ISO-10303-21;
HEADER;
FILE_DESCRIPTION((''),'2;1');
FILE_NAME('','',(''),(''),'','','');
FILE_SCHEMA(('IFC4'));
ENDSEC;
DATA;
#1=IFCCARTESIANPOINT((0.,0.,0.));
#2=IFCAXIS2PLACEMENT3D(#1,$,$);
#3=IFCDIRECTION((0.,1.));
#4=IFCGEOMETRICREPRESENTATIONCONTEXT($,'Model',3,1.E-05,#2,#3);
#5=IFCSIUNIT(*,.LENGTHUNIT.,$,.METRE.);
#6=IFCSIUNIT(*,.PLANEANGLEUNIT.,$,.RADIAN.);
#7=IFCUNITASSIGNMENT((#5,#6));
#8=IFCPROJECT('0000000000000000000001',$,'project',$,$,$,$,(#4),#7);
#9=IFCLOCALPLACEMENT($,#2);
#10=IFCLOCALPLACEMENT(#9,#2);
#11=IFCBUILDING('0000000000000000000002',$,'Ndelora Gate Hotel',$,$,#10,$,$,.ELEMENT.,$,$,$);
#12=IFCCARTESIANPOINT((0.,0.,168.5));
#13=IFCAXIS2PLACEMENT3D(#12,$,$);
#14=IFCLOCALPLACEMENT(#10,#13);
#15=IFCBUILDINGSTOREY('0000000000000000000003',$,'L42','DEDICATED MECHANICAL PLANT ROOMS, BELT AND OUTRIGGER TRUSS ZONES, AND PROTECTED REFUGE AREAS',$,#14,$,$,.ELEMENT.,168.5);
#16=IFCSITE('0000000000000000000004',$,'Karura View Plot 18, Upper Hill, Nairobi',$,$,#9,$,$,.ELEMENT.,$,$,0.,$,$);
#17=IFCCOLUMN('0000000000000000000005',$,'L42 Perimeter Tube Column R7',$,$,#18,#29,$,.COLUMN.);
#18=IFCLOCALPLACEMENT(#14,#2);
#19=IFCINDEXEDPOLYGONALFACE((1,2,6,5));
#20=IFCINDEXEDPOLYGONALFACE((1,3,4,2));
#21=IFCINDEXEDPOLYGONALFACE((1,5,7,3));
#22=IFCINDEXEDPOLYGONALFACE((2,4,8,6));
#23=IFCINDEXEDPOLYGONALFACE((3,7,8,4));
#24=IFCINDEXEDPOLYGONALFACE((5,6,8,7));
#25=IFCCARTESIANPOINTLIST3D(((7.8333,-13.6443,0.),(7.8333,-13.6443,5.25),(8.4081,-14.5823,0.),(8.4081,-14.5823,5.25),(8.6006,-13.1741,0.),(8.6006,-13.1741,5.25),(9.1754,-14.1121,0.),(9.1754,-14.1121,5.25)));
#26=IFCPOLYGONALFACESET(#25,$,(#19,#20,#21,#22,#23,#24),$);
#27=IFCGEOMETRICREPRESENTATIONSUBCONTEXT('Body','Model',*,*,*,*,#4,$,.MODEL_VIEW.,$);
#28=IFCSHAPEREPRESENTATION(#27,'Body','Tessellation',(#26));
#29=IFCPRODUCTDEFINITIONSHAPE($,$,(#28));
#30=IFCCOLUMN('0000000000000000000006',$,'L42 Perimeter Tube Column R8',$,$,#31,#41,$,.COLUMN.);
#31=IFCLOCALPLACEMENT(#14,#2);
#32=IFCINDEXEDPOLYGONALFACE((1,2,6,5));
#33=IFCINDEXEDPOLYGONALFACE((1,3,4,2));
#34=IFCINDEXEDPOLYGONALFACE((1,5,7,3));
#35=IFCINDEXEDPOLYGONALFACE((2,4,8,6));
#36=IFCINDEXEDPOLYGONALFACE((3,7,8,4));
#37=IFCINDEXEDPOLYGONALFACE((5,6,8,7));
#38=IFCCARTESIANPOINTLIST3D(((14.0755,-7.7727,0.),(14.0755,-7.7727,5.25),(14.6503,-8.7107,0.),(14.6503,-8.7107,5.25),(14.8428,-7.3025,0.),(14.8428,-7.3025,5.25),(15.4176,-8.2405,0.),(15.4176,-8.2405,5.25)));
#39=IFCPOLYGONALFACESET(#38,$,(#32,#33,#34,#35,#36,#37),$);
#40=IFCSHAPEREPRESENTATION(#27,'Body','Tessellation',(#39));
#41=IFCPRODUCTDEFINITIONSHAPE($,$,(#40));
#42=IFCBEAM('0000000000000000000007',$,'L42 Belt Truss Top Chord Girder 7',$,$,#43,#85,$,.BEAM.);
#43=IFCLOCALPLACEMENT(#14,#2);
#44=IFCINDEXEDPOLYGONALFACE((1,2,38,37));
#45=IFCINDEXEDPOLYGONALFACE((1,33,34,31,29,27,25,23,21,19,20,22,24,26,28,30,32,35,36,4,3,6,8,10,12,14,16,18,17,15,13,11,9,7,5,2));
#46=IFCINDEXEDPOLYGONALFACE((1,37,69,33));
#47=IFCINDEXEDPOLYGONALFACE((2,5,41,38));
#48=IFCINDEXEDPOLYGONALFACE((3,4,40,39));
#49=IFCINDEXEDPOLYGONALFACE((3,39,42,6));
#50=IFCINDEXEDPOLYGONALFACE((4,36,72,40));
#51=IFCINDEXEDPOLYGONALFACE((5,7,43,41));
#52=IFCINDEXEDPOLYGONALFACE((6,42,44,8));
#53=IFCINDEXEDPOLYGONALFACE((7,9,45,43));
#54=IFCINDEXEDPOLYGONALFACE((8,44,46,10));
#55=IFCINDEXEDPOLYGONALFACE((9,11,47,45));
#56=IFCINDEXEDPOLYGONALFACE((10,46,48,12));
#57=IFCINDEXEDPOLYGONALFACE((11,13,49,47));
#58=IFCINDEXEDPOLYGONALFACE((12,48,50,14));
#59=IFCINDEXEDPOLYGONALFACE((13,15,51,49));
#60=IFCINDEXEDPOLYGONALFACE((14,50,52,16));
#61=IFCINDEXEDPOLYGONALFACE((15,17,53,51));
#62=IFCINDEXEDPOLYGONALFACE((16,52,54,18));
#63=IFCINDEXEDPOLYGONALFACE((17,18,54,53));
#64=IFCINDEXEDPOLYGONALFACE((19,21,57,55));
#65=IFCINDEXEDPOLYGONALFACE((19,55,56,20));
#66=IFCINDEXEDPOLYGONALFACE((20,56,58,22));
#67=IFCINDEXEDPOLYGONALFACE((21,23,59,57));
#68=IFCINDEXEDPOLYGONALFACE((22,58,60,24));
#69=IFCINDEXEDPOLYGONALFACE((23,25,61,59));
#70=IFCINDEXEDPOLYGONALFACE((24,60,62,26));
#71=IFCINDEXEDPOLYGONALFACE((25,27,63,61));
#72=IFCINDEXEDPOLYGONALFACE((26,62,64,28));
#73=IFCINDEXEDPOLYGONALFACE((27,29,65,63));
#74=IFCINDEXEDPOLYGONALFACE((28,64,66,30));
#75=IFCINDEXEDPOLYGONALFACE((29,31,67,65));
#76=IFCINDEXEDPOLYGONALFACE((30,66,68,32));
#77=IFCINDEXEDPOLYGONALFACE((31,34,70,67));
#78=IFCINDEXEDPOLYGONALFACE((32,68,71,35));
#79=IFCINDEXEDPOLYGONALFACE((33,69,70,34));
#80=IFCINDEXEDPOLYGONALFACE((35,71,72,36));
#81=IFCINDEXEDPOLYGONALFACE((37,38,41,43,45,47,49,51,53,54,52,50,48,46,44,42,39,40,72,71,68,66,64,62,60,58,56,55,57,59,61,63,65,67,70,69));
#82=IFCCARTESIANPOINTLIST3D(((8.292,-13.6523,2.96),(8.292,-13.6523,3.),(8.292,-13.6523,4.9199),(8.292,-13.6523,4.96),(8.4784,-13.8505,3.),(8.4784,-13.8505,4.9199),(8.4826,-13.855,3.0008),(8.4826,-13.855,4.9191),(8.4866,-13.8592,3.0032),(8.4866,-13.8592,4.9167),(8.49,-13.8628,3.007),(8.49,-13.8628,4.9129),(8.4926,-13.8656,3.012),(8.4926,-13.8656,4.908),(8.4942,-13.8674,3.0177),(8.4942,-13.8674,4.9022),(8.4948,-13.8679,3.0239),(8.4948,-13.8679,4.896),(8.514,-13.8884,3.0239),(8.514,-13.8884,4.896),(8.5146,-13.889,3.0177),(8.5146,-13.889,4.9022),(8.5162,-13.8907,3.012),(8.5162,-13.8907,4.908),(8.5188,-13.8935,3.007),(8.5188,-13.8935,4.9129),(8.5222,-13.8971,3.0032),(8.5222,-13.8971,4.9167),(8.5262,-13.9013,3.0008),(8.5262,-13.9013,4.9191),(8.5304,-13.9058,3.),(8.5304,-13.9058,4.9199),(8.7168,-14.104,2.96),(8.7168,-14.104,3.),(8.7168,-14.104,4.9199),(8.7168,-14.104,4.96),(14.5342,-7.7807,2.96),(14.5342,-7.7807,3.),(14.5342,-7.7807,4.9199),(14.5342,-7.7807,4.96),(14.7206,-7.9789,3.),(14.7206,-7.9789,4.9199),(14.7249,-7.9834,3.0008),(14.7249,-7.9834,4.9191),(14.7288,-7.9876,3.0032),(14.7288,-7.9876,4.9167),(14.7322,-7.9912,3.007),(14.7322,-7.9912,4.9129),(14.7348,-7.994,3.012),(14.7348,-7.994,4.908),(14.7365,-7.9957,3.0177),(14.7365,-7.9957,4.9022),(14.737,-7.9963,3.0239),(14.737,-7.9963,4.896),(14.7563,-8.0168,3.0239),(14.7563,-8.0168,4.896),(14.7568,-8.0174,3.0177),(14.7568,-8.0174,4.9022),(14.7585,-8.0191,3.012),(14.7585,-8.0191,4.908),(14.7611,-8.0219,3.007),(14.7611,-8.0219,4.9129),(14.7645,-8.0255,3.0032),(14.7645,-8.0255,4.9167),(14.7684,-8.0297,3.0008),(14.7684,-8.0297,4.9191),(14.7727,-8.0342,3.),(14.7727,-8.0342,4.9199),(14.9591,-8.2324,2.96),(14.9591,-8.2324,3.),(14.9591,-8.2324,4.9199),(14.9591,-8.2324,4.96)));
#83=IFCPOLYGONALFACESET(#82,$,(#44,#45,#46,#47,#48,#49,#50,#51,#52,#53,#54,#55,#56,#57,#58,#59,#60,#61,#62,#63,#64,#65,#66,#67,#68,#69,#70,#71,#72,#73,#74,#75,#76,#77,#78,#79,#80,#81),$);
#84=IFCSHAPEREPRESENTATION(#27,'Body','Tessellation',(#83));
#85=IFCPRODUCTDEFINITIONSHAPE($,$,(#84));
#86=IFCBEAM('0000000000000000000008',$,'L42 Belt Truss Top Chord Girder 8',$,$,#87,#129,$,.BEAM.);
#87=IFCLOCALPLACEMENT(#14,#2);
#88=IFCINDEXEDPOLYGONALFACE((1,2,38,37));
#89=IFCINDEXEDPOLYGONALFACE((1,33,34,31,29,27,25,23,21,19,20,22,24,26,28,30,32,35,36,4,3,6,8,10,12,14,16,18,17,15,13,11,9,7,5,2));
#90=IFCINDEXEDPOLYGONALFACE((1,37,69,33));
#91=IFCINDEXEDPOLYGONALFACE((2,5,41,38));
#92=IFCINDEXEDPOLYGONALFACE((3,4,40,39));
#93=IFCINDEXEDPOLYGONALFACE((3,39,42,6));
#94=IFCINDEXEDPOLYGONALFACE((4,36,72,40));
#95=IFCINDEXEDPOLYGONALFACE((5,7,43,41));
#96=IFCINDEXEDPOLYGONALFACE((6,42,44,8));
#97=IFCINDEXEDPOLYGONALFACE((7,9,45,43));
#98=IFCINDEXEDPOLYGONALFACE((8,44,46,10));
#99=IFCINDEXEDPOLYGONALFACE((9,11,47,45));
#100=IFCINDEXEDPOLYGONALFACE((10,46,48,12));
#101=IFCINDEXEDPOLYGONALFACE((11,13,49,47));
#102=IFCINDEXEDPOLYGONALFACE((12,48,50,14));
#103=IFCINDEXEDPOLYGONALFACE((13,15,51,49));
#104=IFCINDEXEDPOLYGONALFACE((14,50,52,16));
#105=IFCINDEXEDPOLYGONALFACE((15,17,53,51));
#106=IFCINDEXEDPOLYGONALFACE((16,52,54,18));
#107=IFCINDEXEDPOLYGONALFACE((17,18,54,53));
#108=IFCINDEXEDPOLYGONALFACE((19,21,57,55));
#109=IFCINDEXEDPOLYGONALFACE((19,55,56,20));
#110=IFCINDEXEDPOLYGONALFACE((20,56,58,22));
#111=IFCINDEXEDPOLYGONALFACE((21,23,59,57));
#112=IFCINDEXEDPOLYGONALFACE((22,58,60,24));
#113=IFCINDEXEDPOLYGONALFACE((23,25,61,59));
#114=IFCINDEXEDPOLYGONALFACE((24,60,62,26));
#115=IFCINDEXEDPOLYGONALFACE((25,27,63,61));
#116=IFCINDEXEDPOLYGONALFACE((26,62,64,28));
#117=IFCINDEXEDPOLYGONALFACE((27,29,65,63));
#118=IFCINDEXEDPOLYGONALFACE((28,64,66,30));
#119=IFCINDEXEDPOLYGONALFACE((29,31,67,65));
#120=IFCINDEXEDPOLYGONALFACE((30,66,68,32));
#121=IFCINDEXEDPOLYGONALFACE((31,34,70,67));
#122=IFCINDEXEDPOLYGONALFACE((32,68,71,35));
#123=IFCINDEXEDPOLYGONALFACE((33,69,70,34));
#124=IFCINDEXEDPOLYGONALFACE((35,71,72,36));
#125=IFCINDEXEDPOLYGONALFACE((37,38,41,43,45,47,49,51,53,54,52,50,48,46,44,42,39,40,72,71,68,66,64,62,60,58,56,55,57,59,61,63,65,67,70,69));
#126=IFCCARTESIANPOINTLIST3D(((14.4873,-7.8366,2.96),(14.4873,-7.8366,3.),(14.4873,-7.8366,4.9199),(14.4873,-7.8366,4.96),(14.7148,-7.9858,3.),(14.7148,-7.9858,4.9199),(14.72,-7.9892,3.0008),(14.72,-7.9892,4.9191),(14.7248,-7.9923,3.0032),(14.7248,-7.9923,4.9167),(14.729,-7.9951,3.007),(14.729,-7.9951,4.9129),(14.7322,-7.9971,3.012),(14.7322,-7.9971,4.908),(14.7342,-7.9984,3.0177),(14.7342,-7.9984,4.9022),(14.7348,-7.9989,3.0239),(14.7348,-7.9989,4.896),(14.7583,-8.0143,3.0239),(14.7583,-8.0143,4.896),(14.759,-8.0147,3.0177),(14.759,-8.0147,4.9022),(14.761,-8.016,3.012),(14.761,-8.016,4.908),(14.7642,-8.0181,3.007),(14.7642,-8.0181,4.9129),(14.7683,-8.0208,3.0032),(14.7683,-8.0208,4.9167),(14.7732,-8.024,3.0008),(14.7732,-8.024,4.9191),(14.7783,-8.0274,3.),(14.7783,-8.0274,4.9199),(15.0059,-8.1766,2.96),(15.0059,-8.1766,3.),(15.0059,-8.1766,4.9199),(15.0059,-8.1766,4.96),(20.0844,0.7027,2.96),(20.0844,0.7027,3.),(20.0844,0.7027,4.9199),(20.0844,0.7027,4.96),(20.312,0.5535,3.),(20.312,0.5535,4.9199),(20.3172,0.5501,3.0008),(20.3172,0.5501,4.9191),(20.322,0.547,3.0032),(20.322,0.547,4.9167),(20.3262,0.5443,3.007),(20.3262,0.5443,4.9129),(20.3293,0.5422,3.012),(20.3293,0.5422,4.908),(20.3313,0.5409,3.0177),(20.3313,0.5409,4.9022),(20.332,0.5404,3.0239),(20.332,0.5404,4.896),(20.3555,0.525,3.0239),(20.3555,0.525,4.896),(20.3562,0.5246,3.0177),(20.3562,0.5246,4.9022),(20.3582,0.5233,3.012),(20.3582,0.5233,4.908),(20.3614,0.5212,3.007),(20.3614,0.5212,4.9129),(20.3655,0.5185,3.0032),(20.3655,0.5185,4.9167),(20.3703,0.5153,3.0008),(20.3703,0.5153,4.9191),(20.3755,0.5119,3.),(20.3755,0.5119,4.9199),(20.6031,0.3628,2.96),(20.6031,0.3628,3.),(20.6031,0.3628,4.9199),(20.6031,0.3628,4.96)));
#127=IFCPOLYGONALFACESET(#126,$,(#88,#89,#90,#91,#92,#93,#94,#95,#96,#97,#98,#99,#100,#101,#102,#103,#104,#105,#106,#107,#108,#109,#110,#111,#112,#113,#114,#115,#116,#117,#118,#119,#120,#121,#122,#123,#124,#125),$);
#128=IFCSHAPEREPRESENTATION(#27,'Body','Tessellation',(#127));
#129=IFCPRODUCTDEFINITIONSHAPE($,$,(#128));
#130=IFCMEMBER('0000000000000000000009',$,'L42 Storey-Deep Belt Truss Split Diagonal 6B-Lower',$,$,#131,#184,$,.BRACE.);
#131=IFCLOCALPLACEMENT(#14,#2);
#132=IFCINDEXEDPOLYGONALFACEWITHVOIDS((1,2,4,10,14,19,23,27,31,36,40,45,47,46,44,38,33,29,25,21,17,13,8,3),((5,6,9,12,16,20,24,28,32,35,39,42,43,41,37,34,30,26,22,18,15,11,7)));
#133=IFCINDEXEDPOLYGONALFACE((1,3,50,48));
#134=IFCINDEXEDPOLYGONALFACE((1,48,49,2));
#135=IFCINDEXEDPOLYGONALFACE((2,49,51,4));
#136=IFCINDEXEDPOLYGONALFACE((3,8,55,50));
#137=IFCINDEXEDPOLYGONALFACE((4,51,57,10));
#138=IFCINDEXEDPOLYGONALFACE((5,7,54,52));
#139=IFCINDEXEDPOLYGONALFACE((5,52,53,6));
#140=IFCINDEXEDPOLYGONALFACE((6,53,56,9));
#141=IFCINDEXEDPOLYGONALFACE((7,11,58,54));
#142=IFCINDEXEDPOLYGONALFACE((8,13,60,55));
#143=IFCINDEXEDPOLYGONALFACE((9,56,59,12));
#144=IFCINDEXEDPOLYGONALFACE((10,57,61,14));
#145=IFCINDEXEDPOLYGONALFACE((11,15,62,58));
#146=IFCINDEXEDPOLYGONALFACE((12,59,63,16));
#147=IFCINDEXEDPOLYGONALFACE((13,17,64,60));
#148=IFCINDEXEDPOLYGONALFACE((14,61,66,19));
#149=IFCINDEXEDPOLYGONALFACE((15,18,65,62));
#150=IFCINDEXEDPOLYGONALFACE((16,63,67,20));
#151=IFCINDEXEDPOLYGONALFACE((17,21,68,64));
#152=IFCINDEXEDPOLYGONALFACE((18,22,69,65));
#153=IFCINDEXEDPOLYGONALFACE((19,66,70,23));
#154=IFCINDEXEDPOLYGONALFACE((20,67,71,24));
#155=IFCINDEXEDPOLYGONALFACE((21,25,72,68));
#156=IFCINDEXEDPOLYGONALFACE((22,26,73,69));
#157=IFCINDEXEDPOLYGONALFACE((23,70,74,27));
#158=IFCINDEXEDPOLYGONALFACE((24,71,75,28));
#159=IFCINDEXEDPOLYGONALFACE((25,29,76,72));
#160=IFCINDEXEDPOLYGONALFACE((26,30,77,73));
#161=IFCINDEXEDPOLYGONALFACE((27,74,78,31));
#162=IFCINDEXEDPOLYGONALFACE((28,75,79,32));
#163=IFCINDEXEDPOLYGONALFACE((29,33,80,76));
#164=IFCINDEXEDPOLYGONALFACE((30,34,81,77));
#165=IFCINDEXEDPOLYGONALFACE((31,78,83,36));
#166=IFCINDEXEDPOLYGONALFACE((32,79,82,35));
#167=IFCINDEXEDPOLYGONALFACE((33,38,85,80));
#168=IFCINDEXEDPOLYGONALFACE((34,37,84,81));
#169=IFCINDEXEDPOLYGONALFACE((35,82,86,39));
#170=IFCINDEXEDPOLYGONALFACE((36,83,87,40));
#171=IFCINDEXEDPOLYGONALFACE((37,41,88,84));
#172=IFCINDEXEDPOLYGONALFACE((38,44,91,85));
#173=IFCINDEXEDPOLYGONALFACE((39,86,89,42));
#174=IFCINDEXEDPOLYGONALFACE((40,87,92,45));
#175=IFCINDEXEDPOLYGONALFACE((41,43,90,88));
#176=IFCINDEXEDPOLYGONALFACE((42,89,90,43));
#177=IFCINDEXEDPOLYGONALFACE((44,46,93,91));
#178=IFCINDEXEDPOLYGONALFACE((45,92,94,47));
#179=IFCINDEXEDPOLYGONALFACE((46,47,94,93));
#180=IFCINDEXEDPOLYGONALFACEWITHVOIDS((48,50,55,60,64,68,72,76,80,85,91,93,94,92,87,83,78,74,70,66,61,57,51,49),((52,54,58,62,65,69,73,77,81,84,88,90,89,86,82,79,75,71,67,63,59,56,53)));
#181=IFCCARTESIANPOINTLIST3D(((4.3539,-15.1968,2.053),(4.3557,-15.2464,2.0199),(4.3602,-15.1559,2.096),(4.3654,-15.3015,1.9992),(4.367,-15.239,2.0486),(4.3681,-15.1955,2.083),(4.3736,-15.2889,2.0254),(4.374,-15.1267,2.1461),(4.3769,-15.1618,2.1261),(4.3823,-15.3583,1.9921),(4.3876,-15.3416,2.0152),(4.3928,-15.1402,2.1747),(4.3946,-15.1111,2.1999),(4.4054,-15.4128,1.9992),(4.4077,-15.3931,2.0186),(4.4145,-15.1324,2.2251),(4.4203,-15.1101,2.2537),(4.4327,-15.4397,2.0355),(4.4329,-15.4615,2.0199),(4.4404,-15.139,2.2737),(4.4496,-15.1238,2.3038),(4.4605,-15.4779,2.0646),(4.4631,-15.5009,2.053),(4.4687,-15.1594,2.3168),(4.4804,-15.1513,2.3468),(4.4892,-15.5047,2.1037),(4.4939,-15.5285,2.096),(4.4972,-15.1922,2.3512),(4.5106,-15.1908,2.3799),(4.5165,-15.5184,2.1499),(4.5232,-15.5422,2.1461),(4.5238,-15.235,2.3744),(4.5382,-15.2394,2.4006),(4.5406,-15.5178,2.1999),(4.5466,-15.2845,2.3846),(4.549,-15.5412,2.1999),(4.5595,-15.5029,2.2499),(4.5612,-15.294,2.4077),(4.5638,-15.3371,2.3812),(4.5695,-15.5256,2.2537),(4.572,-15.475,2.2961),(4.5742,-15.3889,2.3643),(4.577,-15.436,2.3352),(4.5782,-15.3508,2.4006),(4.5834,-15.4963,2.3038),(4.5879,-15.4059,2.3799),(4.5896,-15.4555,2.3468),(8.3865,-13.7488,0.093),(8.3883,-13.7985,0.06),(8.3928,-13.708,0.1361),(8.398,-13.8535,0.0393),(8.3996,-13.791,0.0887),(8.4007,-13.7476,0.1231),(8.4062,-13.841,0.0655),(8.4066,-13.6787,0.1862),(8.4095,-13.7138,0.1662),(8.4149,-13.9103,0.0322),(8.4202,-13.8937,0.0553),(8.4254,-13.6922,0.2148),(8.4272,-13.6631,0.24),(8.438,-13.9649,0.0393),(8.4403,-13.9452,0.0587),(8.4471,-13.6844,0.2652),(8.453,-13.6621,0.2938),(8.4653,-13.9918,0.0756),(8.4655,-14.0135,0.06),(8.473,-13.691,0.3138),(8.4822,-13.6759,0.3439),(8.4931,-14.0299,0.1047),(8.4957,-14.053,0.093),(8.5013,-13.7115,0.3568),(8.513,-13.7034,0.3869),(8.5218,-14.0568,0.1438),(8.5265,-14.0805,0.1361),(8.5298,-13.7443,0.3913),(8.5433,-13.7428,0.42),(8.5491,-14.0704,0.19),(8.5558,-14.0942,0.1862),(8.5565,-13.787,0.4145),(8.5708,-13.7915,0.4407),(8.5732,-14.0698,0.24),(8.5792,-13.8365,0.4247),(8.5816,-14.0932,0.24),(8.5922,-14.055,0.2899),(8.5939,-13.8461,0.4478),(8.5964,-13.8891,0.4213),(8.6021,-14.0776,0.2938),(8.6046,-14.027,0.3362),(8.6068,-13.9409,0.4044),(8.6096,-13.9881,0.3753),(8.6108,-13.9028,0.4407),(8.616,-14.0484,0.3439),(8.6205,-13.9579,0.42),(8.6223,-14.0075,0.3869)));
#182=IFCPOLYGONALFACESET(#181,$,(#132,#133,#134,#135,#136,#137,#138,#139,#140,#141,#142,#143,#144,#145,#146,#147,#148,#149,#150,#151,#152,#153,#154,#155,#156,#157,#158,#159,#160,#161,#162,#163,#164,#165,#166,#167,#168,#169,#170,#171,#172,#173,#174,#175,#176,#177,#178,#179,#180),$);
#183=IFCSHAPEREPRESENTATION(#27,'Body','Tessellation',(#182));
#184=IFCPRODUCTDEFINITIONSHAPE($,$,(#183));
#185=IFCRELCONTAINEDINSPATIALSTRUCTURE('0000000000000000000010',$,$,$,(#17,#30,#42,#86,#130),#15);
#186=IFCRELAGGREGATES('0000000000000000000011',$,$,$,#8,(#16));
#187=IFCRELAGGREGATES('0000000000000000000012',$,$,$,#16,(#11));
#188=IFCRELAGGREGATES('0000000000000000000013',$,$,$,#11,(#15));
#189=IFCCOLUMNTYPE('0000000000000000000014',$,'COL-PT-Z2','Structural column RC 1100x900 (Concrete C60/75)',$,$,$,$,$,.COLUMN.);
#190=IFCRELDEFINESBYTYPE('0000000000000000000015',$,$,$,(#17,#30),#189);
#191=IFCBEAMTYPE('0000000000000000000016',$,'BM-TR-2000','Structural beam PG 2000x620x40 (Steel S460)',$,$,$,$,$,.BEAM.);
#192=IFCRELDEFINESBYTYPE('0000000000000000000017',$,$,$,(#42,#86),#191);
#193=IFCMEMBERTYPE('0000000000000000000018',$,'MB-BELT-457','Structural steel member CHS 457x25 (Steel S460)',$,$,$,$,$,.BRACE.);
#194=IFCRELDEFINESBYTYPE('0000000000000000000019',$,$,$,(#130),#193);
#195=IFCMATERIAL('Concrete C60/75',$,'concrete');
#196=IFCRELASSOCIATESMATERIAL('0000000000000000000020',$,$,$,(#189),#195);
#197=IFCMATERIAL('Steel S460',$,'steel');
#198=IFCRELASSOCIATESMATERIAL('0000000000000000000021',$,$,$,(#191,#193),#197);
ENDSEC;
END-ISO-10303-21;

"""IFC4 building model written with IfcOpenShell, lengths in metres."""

from ifc_helpers import new_model, si_unit, direction, frame, origin, origin_2d, place, context, subcontext, project, spatial, rectangle, hollow_circle, i_section, extrude, material, material_profile, profile_set, type_object, element, save


model = new_model("IFC4")

# Units and contexts
model_context = context("Model", 3, precision=1e-05, world=origin(), true_north=direction((0.0, 1.0)))
body_context = subcontext(model_context, "Body", "Model", "MODEL_VIEW")
ifc_project = project(units=[si_unit("LENGTHUNIT", "METRE"), si_unit("PLANEANGLEUNIT", "RADIAN")], contexts=[model_context])

# Site, building, storey
site_placement = place(None, origin())
site = spatial("IfcSite", under=ifc_project, at=site_placement, Name="Karura View Plot 18, Upper Hill, Nairobi", CompositionType="ELEMENT", RefElevation=0.0)
building_placement = place(site_placement, origin())
building = spatial("IfcBuilding", under=site, at=building_placement, Name="Ndelora Gate Hotel", CompositionType="ELEMENT")
storey_placement = place(building_placement, frame((0.0, 0.0, 168.5)))
storey = spatial("IfcBuildingStorey", under=building, at=storey_placement, Name="L42", Description="DEDICATED MECHANICAL PLANT ROOMS, BELT AND OUTRIGGER TRUSS ZONES, AND PROTECTED REFUGE AREAS", CompositionType="ELEMENT", Elevation=168.5)

# Columns
ifc_material_1 = material(Name="Concrete C60/75", Category="concrete")
ifc_material_profile_1 = material_profile(ifc_material_1, rectangle(XDim=0.8999, YDim=1.1001, at=origin_2d()), Name="RC 1100x900")
ifc_profile_set_1 = profile_set([ifc_material_profile_1], Name="Concrete C60/75")
column_type = type_object("IfcColumnType", Name="COL-PT-Z2", Description="Structural column RC 1100x900 (Concrete C60/75)", PredefinedType="COLUMN", material=ifc_profile_set_1)
for number, where, z_axis, x_axis, name in (
    (1, (8.5044, -13.8782, 0.0), (0.0, 0.0, 1.0), (0.85264, 0.522499, 0.0), "L42 Perimeter Tube Column R7"),
    (2, (14.7466, -8.0066, 0.0), (0.0, 0.0, 1.0), (0.85264, 0.522499, 0.0), "L42 Perimeter Tube Column R8"),
):
    element("IfcColumn", number, at=place(storey_placement, frame(where, z_axis=z_axis, x_axis=x_axis)), inside=storey, type_object=column_type, Name=name, PredefinedType="COLUMN", context=body_context, shape_type="SweptSolid", body=[
        extrude(rectangle(XDim=0.8999, YDim=1.1001, at=origin_2d()), origin(), (0.0, 0.0, 1.0), 5.25),
    ])

# Beams
ifc_material_2 = material(Name="Steel S460", Category="steel")
ifc_material_profile_2 = material_profile(ifc_material_2, i_section(OverallWidth=0.6201, OverallDepth=2.0, WebThickness=0.0281, FlangeThickness=0.04, FilletRadius=0.0239, at=origin_2d()), Name="PG 2000x620x40")
ifc_profile_set_2 = profile_set([ifc_material_profile_2], Name="Steel S460")
beam_type = type_object("IfcBeamType", Name="BM-TR-2000", Description="Structural beam PG 2000x620x40 (Steel S460)", PredefinedType="BEAM", material=ifc_profile_set_2)
beam_1_placement = place(storey_placement, frame((8.5044, -13.8782, 3.96), z_axis=(0.728399, 0.685153, 0.0), x_axis=(-0.685153, 0.728399, 0.0)))
element("IfcBeam", 3, at=beam_1_placement, inside=storey, type_object=beam_type, Name="L42 Belt Truss Top Chord Girder 7", PredefinedType="BEAM", context=body_context, shape_type="SweptSolid", body=[
    extrude(i_section(OverallWidth=0.6201, OverallDepth=2.0, WebThickness=0.0281, FlangeThickness=0.04, FilletRadius=0.0239, at=origin_2d()), origin(), (0.0, 0.0, 1.0), 8.5698),
])
beam_2_placement = place(storey_placement, frame((14.7466, -8.0066, 3.96), z_axis=(0.548194, 0.836351, 0.0), x_axis=(-0.836351, 0.548194, 0.0)))
element("IfcBeam", 4, at=beam_2_placement, inside=storey, type_object=beam_type, Name="L42 Belt Truss Top Chord Girder 8", PredefinedType="BEAM", context=body_context, shape_type="SweptSolid", body=[
    extrude(i_section(OverallWidth=0.6201, OverallDepth=2.0, WebThickness=0.0281, FlangeThickness=0.04, FilletRadius=0.0239, at=origin_2d()), origin(), (0.0, 0.0, 1.0), 10.2102),
])

# Member
ifc_material_profile_3 = material_profile(ifc_material_2, hollow_circle(Radius=0.2285, WallThickness=0.0249, at=origin_2d()), Name="CHS 457x25")
ifc_profile_set_3 = profile_set([ifc_material_profile_3], Name="Steel S460")
member_type = type_object("IfcMemberType", Name="MB-BELT-457", Description="Structural steel member CHS 457x25 (Steel S460)", PredefinedType="BRACE", material=ifc_profile_set_3)
member_1_placement = place(storey_placement, frame((8.5044, -13.8782, 0.24), z_axis=(-0.855878, -0.307314, 0.41597), x_axis=(0.337939, -0.941168, 0.0)))
element("IfcMember", 5, at=member_1_placement, inside=storey, type_object=member_type, Name="L42 Storey-Deep Belt Truss Split Diagonal 6B-Lower", PredefinedType="BRACE", context=body_context, shape_type="SweptSolid", body=[
    extrude(hollow_circle(Radius=0.2285, WallThickness=0.0249, at=origin_2d()), origin(), (0.0, 0.0, 1.0), 4.7117),
])

save(model, "model.ifc")
